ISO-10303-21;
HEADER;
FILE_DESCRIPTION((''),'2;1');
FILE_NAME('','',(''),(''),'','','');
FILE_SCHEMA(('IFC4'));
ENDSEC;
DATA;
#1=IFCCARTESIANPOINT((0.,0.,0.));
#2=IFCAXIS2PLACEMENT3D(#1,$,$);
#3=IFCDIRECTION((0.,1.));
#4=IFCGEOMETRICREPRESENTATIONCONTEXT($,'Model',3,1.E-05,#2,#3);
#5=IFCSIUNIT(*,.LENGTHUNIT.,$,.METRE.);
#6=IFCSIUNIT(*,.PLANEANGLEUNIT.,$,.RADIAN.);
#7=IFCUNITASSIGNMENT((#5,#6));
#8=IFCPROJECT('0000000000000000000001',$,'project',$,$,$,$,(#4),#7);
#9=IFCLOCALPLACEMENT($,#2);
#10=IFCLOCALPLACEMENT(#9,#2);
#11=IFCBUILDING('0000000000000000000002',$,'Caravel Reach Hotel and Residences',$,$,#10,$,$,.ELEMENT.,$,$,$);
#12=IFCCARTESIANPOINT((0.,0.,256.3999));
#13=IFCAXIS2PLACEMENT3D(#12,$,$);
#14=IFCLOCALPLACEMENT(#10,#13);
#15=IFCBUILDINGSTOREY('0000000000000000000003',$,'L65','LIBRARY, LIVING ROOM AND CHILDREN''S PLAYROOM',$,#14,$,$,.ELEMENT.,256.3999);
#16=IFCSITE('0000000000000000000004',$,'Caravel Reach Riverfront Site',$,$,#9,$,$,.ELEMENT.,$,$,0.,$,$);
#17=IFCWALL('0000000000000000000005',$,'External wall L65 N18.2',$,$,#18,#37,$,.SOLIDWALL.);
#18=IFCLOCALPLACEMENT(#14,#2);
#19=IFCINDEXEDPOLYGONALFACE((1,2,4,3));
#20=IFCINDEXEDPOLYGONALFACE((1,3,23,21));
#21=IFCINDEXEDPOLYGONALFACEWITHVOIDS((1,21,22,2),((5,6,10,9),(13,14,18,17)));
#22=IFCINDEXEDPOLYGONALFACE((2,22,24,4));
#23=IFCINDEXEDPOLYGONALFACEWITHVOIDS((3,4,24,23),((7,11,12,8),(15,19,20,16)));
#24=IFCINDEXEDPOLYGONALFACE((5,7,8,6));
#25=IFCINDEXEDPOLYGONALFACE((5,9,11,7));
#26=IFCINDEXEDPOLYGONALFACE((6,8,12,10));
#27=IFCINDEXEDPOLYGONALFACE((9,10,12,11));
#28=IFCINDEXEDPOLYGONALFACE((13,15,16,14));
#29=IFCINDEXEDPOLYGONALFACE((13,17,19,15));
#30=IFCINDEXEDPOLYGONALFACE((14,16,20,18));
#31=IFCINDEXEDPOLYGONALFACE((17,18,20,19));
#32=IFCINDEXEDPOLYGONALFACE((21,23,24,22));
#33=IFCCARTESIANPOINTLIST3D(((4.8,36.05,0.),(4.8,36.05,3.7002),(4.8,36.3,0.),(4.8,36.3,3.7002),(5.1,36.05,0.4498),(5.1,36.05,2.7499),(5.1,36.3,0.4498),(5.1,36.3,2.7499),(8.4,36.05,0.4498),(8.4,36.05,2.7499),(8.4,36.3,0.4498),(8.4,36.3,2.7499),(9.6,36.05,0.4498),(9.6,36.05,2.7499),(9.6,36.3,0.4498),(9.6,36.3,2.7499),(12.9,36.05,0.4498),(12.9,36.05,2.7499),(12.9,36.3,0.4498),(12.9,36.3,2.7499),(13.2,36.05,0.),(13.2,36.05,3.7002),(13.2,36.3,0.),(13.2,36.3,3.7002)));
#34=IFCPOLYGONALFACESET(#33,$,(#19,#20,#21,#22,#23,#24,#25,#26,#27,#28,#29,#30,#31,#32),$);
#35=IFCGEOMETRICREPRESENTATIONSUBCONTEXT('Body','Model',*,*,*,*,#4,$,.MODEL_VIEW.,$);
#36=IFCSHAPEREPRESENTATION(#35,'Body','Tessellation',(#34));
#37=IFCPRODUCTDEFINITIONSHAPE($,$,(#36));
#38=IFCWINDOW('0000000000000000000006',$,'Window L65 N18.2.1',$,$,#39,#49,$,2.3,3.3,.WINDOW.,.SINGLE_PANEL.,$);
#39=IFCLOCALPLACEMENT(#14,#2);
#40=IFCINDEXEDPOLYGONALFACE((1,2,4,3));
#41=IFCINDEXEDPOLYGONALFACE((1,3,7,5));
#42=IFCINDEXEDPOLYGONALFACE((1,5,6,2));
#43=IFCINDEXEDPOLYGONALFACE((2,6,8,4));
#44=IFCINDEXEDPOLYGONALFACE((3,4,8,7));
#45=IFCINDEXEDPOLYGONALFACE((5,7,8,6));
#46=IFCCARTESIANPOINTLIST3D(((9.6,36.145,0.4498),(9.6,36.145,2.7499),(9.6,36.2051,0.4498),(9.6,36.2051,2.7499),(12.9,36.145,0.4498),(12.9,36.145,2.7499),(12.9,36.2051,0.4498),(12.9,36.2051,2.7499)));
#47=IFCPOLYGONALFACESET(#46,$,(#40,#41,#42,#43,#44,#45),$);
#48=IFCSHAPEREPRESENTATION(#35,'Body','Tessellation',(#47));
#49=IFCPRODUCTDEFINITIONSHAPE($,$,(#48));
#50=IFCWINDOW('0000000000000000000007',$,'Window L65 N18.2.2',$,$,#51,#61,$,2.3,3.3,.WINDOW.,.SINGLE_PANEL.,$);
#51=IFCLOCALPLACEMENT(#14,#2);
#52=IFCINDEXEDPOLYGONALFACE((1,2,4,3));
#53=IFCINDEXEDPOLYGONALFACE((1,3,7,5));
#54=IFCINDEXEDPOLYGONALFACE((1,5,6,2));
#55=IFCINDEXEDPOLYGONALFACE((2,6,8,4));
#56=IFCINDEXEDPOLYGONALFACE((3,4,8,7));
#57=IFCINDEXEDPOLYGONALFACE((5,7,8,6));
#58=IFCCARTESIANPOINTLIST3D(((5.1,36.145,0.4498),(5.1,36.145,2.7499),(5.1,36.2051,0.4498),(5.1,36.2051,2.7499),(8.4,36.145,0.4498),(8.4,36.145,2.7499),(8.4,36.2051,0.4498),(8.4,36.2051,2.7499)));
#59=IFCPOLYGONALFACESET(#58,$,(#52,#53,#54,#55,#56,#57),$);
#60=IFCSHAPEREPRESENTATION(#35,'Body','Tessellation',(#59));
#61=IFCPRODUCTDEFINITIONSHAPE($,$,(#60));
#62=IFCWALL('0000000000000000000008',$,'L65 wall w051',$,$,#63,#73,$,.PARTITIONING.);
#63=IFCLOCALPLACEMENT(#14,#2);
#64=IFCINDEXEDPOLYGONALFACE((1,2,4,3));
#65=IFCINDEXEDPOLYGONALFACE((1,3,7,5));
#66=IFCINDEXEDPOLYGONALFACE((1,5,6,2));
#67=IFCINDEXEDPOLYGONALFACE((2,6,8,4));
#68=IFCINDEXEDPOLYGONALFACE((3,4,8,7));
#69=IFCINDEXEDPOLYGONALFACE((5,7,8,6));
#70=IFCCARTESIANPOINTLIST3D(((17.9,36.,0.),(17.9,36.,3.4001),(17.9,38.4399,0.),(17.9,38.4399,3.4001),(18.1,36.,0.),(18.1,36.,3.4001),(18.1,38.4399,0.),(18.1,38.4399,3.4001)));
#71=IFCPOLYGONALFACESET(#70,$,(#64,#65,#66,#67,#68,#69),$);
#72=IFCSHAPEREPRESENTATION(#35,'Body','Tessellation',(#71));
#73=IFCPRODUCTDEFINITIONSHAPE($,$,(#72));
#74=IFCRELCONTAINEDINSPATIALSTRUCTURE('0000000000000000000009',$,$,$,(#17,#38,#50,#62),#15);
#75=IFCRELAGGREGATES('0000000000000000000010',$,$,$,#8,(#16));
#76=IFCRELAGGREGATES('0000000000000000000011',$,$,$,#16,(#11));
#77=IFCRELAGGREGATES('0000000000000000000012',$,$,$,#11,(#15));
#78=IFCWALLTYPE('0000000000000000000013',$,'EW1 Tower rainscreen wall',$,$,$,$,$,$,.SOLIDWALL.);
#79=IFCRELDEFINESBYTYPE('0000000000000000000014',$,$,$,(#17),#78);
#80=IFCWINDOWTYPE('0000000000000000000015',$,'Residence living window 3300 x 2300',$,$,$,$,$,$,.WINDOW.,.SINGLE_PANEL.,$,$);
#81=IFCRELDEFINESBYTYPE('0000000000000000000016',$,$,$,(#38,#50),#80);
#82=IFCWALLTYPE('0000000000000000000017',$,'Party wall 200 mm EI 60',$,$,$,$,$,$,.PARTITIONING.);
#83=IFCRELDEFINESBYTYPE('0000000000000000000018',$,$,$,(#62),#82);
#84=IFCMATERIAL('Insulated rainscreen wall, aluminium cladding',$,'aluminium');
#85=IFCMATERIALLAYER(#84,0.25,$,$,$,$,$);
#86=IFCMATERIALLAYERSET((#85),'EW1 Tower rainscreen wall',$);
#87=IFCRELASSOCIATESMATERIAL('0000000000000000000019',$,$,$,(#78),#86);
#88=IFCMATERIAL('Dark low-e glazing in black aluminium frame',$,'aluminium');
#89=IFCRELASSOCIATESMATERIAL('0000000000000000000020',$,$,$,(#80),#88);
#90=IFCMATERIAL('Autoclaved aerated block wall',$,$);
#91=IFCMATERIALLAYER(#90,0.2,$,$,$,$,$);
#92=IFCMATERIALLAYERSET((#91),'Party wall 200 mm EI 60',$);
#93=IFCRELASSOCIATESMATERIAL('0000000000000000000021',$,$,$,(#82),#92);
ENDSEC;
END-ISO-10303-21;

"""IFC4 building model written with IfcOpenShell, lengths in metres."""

from ifc_helpers import new_model, si_unit, direction, frame, frame_2d, origin, place, context, subcontext, project, spatial, rectangle, extrude, material, layer, layer_set, type_object, element, fill, save


model = new_model("IFC4")

# Units and contexts
model_context = context("Model", 3, precision=1e-05, world=origin(), true_north=direction((0.0, 1.0)))
body_context = subcontext(model_context, "Body", "Model", "MODEL_VIEW")
ifc_project = project(units=[si_unit("LENGTHUNIT", "METRE"), si_unit("PLANEANGLEUNIT", "RADIAN")], contexts=[model_context])

# Site, building, storey
site_placement = place(None, origin())
site = spatial("IfcSite", under=ifc_project, at=site_placement, Name="Caravel Reach Riverfront Site", CompositionType="ELEMENT", RefElevation=0.0)
building_placement = place(site_placement, origin())
building = spatial("IfcBuilding", under=site, at=building_placement, Name="Caravel Reach Hotel and Residences", CompositionType="ELEMENT")
storey_placement = place(building_placement, frame((0.0, 0.0, 256.3999)))
storey = spatial("IfcBuildingStorey", under=building, at=storey_placement, Name="L65", Description="LIBRARY, LIVING ROOM AND CHILDREN'S PLAYROOM", CompositionType="ELEMENT", Elevation=256.3999)

# Shared definitions
ifc_material_1 = material(Name="Insulated rainscreen wall, aluminium cladding", Category="aluminium")
ifc_layer_1 = layer(ifc_material_1, 0.25)
ifc_layer_set_1 = layer_set([ifc_layer_1], Name="EW1 Tower rainscreen wall")
wall_type_1 = type_object("IfcWallType", Name="EW1 Tower rainscreen wall", PredefinedType="SOLIDWALL", material=ifc_layer_set_1)

# Wall, openings, windows
wall_1_placement = place(storey_placement, frame((13.2, 36.175, 0.0), z_axis=(0.0, 0.0, 1.0), x_axis=(-1.0, 0.0, 0.0)))
wall_1 = element("IfcWall", 1, at=wall_1_placement, inside=storey, type_object=wall_type_1, Name="External wall L65 N18.2", PredefinedType="SOLIDWALL", context=body_context, shape_type="SweptSolid", body=[
    extrude(rectangle(XDim=8.3999, YDim=0.25, at=frame_2d((4.2, 0.0))), origin(), (0.0, 0.0, 1.0), 3.7002),
])
opening_1_placement = place(wall_1_placement, frame((0.3, 0.0, 0.45)))
opening_1 = element("IfcOpeningElement", 2, at=opening_1_placement, cuts=wall_1, PredefinedType="OPENING", context=body_context, shape_type="SweptSolid", body=[
    extrude(rectangle(XDim=3.3, YDim=2.3, at=frame_2d((1.6499, 1.1499))), frame((0.0, 0.135, 0.0), z_axis=(0.0, -1.0, 0.0), x_axis=(1.0, 0.0, 0.0)), (0.0, 0.0, 1.0), 0.27),
])
opening_2_placement = place(wall_1_placement, frame((4.8, 0.0, 0.45)))
opening_2 = element("IfcOpeningElement", 3, at=opening_2_placement, cuts=wall_1, PredefinedType="OPENING", context=body_context, shape_type="SweptSolid", body=[
    extrude(rectangle(XDim=3.3, YDim=2.3, at=frame_2d((1.6499, 1.1499))), frame((0.0, 0.135, 0.0), z_axis=(0.0, -1.0, 0.0), x_axis=(1.0, 0.0, 0.0)), (0.0, 0.0, 1.0), 0.27),
])
ifc_material_2 = material(Name="Dark low-e glazing in black aluminium frame", Category="aluminium")
window_type_1 = type_object("IfcWindowType", Name="Residence living window 3300 x 2300", PartitioningType="SINGLE_PANEL", PredefinedType="WINDOW", material=ifc_material_2)
window_1_placement = place(opening_1_placement, origin())
window_1 = element("IfcWindow", 4, at=window_1_placement, inside=storey, type_object=window_type_1, Name="Window L65 N18.2.1", OverallHeight=2.3, OverallWidth=3.3, PartitioningType="SINGLE_PANEL", PredefinedType="WINDOW", context=body_context, shape_type="SweptSolid", body=[
    extrude(rectangle(XDim=3.3, YDim=2.3, at=frame_2d((1.6499, 1.1499))), frame((0.0, 0.03, 0.0), z_axis=(0.0, -1.0, 0.0), x_axis=(1.0, 0.0, 0.0)), (0.0, 0.0, 1.0), 0.0601),
])
fill(opening_1, window_1)
window_2_placement = place(opening_2_placement, origin())
window_2 = element("IfcWindow", 5, at=window_2_placement, inside=storey, type_object=window_type_1, Name="Window L65 N18.2.2", OverallHeight=2.3, OverallWidth=3.3, PartitioningType="SINGLE_PANEL", PredefinedType="WINDOW", context=body_context, shape_type="SweptSolid", body=[
    extrude(rectangle(XDim=3.3, YDim=2.3, at=frame_2d((1.6499, 1.1499))), frame((0.0, 0.03, 0.0), z_axis=(0.0, -1.0, 0.0), x_axis=(1.0, 0.0, 0.0)), (0.0, 0.0, 1.0), 0.0601),
])
fill(opening_2, window_2)

# Wall
ifc_material_3 = material(Name="Autoclaved aerated block wall")
ifc_layer_2 = layer(ifc_material_3, 0.2)
ifc_layer_set_2 = layer_set([ifc_layer_2], Name="Party wall 200 mm EI 60")
wall_type_2 = type_object("IfcWallType", Name="Party wall 200 mm EI 60", PredefinedType="PARTITIONING", material=ifc_layer_set_2)
wall_2_placement = place(storey_placement, frame((18.0, 36.0, 0.0), z_axis=(0.0, 0.0, 1.0), x_axis=(0.0, 1.0, 0.0)))
element("IfcWall", 6, at=wall_2_placement, inside=storey, type_object=wall_type_2, Name="L65 wall w051", PredefinedType="PARTITIONING", context=body_context, shape_type="SweptSolid", body=[
    extrude(rectangle(XDim=2.4399, YDim=0.2, at=frame_2d((1.22, 0.0))), origin(), (0.0, 0.0, 1.0), 3.4001),
])

save(model, "model.ifc")
